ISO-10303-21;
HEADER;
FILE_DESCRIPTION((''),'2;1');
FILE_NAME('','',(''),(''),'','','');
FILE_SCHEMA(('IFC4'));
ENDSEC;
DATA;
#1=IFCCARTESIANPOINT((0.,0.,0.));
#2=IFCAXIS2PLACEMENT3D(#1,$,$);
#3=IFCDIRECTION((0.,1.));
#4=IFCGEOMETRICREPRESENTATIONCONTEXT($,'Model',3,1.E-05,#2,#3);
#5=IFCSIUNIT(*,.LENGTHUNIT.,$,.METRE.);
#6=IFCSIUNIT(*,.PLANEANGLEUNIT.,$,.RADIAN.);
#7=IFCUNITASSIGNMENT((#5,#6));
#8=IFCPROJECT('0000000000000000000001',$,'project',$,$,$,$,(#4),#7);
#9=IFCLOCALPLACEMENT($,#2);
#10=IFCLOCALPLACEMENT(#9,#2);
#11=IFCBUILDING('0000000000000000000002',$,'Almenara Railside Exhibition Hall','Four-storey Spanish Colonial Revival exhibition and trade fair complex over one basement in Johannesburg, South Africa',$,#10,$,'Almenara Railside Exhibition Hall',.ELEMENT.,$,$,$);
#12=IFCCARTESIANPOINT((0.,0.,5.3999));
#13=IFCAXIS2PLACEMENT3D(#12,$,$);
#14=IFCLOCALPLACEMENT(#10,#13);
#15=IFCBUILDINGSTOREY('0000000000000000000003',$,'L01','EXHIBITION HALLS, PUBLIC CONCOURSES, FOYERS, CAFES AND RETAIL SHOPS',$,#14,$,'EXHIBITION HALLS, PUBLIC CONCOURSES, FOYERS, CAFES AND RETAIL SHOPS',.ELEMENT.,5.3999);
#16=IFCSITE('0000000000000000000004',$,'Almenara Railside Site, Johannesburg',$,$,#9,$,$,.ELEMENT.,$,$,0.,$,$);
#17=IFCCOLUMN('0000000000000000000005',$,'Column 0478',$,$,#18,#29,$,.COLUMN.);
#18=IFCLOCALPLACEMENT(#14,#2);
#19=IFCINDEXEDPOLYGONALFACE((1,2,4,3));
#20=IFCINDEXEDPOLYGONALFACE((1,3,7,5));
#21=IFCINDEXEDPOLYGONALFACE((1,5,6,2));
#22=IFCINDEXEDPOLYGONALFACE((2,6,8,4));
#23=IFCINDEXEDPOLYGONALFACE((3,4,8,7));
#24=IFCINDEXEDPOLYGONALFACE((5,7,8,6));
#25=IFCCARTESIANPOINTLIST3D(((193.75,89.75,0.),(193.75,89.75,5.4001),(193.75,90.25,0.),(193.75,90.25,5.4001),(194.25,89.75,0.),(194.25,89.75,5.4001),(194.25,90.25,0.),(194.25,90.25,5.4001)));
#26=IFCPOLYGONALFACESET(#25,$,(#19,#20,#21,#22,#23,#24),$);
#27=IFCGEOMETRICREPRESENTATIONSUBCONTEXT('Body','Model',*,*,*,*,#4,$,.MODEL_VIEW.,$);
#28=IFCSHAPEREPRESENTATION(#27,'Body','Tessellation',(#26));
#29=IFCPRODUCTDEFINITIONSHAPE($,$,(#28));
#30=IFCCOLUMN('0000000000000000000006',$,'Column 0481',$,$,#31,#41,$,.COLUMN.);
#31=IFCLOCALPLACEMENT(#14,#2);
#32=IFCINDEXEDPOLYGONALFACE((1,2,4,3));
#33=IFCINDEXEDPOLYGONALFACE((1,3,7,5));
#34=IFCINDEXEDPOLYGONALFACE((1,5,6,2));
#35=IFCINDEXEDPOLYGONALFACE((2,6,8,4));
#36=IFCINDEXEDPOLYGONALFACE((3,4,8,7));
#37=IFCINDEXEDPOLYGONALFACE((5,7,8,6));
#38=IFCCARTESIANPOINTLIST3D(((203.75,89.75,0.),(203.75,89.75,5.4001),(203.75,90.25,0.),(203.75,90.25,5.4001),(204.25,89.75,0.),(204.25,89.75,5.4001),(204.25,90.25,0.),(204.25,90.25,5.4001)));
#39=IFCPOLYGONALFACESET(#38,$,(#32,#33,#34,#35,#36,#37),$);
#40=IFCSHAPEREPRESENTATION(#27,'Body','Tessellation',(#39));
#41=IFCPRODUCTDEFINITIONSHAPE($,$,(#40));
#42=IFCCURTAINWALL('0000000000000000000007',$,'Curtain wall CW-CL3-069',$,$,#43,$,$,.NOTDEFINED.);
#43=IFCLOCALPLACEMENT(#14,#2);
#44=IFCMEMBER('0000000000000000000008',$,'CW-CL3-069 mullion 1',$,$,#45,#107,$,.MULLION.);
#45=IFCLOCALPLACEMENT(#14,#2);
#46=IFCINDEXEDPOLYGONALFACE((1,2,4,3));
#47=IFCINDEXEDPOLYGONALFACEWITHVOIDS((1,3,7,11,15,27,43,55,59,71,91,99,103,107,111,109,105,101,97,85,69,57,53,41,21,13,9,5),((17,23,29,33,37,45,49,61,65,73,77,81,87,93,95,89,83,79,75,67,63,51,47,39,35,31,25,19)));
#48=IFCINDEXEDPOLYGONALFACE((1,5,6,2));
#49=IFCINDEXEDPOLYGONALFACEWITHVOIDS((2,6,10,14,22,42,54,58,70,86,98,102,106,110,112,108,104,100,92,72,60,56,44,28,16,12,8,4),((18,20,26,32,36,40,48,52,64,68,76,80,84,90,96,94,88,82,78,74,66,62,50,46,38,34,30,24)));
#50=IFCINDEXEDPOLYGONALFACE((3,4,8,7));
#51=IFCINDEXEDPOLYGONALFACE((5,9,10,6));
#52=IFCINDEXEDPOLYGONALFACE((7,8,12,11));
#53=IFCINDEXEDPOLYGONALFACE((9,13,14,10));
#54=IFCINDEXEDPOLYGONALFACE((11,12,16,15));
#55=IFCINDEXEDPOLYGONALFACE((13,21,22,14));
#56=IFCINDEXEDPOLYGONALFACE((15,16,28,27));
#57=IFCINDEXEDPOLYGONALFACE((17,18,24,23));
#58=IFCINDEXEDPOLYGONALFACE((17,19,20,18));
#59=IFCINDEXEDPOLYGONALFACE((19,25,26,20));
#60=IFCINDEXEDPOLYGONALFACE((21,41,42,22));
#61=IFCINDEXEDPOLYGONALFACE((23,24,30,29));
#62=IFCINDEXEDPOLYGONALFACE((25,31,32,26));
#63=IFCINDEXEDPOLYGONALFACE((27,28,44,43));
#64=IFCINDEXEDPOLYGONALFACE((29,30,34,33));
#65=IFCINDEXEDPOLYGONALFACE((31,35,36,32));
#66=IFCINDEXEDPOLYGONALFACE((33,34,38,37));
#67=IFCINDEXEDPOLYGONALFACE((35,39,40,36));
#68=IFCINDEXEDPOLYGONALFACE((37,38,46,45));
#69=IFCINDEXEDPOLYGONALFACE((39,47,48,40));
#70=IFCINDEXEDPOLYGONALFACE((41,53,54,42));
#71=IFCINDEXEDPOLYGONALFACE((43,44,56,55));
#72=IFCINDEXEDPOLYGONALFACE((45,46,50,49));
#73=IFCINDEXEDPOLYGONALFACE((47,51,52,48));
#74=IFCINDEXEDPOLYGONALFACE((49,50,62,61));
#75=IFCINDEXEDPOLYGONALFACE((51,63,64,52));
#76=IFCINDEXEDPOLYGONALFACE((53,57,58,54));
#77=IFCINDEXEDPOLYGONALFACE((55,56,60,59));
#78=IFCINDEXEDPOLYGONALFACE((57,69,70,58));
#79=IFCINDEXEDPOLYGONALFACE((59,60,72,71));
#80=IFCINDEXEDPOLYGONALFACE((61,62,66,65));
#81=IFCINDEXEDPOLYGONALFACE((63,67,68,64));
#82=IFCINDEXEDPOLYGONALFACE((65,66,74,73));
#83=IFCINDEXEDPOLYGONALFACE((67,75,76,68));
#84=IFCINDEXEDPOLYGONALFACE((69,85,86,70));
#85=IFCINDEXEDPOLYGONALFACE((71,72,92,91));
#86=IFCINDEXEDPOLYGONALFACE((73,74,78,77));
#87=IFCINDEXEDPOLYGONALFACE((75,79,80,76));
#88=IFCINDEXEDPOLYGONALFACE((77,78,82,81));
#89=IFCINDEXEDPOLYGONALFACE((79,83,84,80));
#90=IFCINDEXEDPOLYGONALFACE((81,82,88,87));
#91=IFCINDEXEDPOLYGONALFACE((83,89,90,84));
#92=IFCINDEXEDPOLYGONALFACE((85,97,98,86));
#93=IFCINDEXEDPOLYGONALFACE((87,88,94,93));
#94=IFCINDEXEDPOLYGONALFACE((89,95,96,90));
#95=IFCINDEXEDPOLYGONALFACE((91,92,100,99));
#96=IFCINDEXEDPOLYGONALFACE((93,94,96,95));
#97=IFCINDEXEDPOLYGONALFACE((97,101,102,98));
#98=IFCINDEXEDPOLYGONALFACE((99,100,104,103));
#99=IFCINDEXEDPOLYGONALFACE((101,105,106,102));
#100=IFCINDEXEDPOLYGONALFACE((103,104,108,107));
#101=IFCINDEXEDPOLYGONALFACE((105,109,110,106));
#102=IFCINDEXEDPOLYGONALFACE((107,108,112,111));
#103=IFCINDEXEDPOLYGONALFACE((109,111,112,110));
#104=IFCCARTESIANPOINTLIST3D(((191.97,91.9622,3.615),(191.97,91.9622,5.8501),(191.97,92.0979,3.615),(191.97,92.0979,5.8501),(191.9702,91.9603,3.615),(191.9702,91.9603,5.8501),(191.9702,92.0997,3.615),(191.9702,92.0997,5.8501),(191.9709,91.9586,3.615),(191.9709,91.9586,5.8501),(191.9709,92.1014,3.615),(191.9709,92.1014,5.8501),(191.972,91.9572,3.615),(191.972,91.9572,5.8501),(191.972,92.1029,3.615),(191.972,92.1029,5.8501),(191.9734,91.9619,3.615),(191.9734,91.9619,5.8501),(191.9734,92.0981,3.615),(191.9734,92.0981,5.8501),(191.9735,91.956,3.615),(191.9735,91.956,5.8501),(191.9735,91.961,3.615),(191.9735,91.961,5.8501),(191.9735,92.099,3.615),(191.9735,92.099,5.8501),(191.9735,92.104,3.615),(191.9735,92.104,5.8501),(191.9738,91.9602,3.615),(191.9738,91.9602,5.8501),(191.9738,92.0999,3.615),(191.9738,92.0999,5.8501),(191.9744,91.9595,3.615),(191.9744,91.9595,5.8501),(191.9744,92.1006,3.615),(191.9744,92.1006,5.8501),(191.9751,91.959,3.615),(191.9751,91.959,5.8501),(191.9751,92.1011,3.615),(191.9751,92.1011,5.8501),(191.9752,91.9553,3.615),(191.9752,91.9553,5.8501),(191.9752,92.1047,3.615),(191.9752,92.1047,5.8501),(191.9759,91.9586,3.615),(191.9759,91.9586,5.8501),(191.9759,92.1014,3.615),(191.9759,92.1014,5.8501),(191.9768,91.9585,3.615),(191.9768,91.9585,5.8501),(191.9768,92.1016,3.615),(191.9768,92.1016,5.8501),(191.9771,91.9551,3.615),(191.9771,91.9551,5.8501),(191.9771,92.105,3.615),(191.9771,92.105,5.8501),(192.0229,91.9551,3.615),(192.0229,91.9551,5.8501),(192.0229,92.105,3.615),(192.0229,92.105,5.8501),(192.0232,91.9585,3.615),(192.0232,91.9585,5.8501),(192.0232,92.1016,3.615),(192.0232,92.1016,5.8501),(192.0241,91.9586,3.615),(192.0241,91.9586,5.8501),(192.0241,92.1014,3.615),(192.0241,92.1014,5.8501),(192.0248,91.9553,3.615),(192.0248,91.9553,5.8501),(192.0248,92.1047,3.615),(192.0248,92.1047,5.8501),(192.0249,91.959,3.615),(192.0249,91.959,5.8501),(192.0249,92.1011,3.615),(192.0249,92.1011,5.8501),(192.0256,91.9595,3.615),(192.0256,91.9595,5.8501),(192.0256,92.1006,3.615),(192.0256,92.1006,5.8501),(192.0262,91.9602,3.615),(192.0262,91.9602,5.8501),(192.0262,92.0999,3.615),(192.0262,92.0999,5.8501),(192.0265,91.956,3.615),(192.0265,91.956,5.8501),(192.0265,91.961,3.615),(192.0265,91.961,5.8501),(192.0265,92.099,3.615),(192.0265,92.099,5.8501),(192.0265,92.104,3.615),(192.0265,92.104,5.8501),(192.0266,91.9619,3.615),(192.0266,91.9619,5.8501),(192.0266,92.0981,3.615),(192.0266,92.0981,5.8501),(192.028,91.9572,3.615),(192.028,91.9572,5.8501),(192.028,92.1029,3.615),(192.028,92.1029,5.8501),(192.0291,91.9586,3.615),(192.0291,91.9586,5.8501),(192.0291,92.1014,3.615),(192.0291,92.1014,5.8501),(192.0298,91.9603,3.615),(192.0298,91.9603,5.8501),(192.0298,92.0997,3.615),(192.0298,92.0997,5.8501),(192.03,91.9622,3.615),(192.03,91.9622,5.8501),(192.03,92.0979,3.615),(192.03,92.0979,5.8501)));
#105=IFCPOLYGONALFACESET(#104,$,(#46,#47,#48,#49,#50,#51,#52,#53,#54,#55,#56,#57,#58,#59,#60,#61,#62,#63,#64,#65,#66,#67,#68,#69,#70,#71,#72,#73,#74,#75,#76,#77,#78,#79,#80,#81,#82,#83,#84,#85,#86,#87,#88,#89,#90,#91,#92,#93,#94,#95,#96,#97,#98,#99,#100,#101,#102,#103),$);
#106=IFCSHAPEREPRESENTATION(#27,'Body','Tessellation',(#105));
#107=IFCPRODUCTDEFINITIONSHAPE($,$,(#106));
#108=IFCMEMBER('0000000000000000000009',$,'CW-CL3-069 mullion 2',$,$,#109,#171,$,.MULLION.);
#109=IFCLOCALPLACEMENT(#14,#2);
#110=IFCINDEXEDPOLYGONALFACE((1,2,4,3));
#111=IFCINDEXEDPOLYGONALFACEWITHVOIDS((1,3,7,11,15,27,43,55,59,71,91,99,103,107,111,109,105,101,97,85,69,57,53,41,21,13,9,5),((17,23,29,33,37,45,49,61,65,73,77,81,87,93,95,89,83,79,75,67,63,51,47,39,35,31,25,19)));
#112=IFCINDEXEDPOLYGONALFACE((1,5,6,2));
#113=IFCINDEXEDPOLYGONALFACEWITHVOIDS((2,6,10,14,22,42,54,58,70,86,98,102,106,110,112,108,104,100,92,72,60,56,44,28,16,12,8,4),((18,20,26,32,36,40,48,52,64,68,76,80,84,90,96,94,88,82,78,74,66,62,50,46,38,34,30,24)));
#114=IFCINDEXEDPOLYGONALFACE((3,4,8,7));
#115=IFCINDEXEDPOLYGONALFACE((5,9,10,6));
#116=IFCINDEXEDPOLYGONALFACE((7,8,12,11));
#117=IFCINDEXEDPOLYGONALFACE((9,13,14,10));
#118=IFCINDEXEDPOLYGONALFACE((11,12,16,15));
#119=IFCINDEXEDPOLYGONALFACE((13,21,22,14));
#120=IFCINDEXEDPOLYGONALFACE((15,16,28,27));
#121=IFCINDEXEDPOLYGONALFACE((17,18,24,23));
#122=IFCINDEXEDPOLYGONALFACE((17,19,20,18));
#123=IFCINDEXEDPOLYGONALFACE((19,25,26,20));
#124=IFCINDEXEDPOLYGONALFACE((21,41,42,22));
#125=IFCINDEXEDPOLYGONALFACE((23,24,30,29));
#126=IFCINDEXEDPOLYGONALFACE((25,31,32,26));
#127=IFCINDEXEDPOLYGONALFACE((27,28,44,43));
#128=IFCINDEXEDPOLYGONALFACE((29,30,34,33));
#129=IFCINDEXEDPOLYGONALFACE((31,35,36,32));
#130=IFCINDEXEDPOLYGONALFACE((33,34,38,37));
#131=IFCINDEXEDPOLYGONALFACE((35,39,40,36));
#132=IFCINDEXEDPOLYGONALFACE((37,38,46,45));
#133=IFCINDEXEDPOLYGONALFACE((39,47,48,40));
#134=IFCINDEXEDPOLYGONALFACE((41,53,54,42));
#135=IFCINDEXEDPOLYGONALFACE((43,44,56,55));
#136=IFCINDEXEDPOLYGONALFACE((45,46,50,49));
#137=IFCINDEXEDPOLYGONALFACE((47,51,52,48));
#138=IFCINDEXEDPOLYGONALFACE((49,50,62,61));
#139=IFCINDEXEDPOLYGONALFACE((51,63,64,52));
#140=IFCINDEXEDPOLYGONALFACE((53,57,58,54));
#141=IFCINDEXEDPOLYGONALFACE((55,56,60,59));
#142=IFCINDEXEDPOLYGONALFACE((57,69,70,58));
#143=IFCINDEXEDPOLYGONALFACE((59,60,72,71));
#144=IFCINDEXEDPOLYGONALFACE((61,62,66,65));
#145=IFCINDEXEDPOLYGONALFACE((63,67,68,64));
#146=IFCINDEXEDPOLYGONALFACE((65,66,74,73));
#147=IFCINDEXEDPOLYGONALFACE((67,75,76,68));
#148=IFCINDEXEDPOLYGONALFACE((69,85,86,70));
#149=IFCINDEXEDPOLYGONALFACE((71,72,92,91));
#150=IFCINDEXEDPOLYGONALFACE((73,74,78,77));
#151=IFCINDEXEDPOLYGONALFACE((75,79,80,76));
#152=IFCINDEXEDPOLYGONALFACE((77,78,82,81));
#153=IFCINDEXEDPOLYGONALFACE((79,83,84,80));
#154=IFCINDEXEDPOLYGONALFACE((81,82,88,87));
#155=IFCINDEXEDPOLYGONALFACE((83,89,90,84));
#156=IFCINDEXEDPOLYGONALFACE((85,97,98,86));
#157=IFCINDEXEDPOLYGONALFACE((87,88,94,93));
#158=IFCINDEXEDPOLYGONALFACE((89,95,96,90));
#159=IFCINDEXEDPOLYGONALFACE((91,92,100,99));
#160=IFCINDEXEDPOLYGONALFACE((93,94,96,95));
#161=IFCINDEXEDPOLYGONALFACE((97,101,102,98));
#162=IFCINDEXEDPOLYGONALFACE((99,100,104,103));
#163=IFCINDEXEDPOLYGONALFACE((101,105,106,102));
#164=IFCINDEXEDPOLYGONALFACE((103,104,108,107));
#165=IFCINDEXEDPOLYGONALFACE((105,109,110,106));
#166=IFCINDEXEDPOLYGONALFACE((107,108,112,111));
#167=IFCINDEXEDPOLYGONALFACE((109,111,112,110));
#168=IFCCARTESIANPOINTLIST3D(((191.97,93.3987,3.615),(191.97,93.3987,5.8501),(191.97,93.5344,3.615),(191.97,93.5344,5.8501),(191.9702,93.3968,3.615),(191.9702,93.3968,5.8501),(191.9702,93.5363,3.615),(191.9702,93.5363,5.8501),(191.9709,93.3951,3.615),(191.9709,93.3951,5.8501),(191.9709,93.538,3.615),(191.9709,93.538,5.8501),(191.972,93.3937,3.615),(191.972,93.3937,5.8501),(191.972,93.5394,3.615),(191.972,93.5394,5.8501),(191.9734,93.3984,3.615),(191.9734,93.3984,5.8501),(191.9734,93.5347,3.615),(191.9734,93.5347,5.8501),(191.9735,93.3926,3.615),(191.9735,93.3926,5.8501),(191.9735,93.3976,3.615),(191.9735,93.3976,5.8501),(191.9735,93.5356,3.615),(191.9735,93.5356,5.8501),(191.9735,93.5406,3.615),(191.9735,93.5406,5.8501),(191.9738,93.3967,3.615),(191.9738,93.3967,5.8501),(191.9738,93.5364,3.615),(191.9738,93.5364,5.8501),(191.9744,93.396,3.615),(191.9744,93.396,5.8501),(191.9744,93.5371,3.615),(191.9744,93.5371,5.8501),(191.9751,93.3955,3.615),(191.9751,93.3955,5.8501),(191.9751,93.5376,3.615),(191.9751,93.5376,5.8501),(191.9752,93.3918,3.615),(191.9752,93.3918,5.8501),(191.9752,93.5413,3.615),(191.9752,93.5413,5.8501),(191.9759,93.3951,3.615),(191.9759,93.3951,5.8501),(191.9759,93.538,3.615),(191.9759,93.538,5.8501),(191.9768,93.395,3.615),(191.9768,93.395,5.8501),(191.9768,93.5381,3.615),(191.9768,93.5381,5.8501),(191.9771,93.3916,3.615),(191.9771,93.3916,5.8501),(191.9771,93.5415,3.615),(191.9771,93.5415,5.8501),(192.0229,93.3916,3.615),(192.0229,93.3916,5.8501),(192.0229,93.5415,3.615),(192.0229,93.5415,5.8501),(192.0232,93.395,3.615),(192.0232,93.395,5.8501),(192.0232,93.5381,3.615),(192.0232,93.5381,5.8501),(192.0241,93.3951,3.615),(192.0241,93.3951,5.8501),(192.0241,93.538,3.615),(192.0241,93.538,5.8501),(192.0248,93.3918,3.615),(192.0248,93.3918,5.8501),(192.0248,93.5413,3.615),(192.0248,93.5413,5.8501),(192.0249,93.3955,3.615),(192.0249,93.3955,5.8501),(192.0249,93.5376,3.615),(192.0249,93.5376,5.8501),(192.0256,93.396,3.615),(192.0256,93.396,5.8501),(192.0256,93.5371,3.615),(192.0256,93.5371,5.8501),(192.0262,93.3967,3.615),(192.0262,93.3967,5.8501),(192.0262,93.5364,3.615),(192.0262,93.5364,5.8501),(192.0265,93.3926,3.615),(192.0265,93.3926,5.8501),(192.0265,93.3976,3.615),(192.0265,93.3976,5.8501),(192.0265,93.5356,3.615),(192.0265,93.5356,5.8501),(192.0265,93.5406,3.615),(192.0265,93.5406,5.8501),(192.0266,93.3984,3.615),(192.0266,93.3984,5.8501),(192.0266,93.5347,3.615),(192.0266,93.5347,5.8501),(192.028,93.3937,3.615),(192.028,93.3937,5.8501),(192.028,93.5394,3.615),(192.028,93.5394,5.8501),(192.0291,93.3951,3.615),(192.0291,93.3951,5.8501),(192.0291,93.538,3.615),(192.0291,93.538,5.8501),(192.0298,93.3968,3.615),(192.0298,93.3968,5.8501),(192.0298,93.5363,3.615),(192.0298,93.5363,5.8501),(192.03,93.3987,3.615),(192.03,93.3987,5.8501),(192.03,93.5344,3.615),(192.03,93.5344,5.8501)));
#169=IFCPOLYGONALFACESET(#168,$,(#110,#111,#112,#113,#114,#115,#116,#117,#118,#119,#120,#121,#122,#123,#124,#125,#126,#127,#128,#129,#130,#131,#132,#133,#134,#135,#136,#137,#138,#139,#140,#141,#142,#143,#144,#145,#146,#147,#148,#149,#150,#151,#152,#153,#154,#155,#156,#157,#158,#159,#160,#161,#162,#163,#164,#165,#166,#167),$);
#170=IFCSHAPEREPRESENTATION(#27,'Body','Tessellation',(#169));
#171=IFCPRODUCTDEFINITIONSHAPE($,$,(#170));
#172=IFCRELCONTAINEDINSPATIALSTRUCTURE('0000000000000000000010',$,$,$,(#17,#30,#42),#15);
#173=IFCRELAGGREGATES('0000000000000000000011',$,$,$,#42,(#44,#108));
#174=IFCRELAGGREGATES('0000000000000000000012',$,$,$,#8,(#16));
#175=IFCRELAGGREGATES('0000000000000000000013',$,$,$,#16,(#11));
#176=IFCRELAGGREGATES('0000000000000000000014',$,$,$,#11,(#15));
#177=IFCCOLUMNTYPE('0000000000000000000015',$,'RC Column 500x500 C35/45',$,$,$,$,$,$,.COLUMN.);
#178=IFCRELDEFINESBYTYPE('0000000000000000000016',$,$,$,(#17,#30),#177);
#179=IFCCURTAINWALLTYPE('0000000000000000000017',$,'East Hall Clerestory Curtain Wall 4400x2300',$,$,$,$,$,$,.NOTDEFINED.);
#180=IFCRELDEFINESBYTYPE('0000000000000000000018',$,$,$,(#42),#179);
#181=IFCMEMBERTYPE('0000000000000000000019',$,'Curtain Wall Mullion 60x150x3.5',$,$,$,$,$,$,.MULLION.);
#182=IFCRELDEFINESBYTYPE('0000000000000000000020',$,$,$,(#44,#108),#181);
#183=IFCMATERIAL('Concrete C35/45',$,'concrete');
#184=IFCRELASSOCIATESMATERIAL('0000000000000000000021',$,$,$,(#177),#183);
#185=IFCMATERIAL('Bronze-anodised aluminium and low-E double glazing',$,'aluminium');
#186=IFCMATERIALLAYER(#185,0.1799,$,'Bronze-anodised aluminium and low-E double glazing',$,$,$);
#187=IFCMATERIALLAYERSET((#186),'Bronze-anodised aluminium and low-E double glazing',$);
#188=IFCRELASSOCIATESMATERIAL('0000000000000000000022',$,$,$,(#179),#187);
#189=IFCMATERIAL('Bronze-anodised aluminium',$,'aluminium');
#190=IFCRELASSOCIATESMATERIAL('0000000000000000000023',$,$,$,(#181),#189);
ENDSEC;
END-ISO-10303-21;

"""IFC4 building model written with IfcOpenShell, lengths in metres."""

from ifc_helpers import new_model, si_unit, direction, frame, origin, origin_2d, place, context, subcontext, project, spatial, rectangle, hollow_rectangle, extrude, material, layer, layer_set, material_profile, profile_set, type_object, element, aggregate, save


model = new_model("IFC4")

# Units and contexts
model_context = context("Model", 3, precision=1e-05, world=origin(), true_north=direction((0.0, 1.0)))
body_context = subcontext(model_context, "Body", "Model", "MODEL_VIEW")
ifc_project = project(units=[si_unit("LENGTHUNIT", "METRE"), si_unit("PLANEANGLEUNIT", "RADIAN")], contexts=[model_context])

# Site, building, storey
site_placement = place(None, origin())
site = spatial("IfcSite", under=ifc_project, at=site_placement, Name="Almenara Railside Site, Johannesburg", CompositionType="ELEMENT", RefElevation=0.0)
building_placement = place(site_placement, origin())
building = spatial("IfcBuilding", under=site, at=building_placement, Name="Almenara Railside Exhibition Hall", Description="Four-storey Spanish Colonial Revival exhibition and trade fair complex over one basement in Johannesburg, South Africa", LongName="Almenara Railside Exhibition Hall", CompositionType="ELEMENT")
storey_placement = place(building_placement, frame((0.0, 0.0, 5.3999)))
storey = spatial("IfcBuildingStorey", under=building, at=storey_placement, Name="L01", Description="EXHIBITION HALLS, PUBLIC CONCOURSES, FOYERS, CAFES AND RETAIL SHOPS", LongName="EXHIBITION HALLS, PUBLIC CONCOURSES, FOYERS, CAFES AND RETAIL SHOPS", CompositionType="ELEMENT", Elevation=5.3999)

# Columns
ifc_material_1 = material(Name="Concrete C35/45", Category="concrete")
ifc_material_profile_1 = material_profile(ifc_material_1, rectangle(XDim=0.5, YDim=0.5, at=origin_2d()), Name="RC 500x500")
ifc_profile_set_1 = profile_set([ifc_material_profile_1], Name="Concrete C35/45")
column_type = type_object("IfcColumnType", Name="RC Column 500x500 C35/45", PredefinedType="COLUMN", material=ifc_profile_set_1)
for number, where, z_axis, x_axis, name in (
    (1, (194.0, 90.0, 0.0), (0.0, 0.0, 1.0), (1.0, 0.0, 0.0), "Column 0478"),
    (2, (204.0, 90.0, 0.0), (0.0, 0.0, 1.0), (1.0, 0.0, 0.0), "Column 0481"),
):
    element("IfcColumn", number, at=place(storey_placement, frame(where, z_axis=z_axis, x_axis=x_axis)), inside=storey, type_object=column_type, Name=name, PredefinedType="COLUMN", context=body_context, shape_type="SweptSolid", body=[
        extrude(rectangle(XDim=0.5, YDim=0.5, at=origin_2d()), origin(), (0.0, 0.0, 1.0), 5.4001),
    ])

# Curtain wall, members
ifc_material_2 = material(Name="Bronze-anodised aluminium and low-E double glazing", Category="aluminium")
ifc_layer_1 = layer(ifc_material_2, 0.1799, Name="Bronze-anodised aluminium and low-E double glazing")
ifc_layer_set_1 = layer_set([ifc_layer_1], Name="Bronze-anodised aluminium and low-E double glazing")
curtain_wall_type = type_object("IfcCurtainWallType", Name="East Hall Clerestory Curtain Wall 4400x2300", PredefinedType="NOTDEFINED", material=ifc_layer_set_1)
curtain_wall_placement = place(storey_placement, origin())
curtain_wall = element("IfcCurtainWall", 3, at=curtain_wall_placement, inside=storey, type_object=curtain_wall_type, Name="Curtain wall CW-CL3-069", PredefinedType="NOTDEFINED")
ifc_material_3 = material(Name="Bronze-anodised aluminium", Category="aluminium")
ifc_material_profile_2 = material_profile(ifc_material_3, hollow_rectangle(XDim=0.0601, YDim=0.1499, WallThickness=0.0034, InnerFilletRadius=0.0034, OuterFilletRadius=0.0071, at=origin_2d()), Name="ALU-MUL 60x150x3.5")
ifc_profile_set_2 = profile_set([ifc_material_profile_2], Name="Bronze-anodised aluminium")
member_type_1 = type_object("IfcMemberType", Name="Curtain Wall Mullion 60x150x3.5", PredefinedType="MULLION", material=ifc_profile_set_2)
member_1_placement = place(storey_placement, frame((192.0, 92.03, 3.615), z_axis=(0.0, 0.0, 1.0), x_axis=(-1.0, 0.0, 0.0)))
member_1 = element("IfcMember", 4, at=member_1_placement, type_object=member_type_1, Name="CW-CL3-069 mullion 1", PredefinedType="MULLION", context=body_context, shape_type="SweptSolid", body=[
    extrude(hollow_rectangle(XDim=0.0601, YDim=0.1499, WallThickness=0.0034, InnerFilletRadius=0.0034, OuterFilletRadius=0.0071, at=origin_2d()), origin(), (0.0, 0.0, 1.0), 2.2351),
])
member_2_placement = place(storey_placement, frame((192.0, 93.4666, 3.615), z_axis=(0.0, 0.0, 1.0), x_axis=(-1.0, 0.0, 0.0)))
member_2 = element("IfcMember", 5, at=member_2_placement, type_object=member_type_1, Name="CW-CL3-069 mullion 2", PredefinedType="MULLION", context=body_context, shape_type="SweptSolid", body=[
    extrude(hollow_rectangle(XDim=0.0601, YDim=0.1499, WallThickness=0.0034, InnerFilletRadius=0.0034, OuterFilletRadius=0.0071, at=origin_2d()), origin(), (0.0, 0.0, 1.0), 2.2351),
])

aggregate(curtain_wall, [member_1, member_2])

save(model, "model.ifc")
